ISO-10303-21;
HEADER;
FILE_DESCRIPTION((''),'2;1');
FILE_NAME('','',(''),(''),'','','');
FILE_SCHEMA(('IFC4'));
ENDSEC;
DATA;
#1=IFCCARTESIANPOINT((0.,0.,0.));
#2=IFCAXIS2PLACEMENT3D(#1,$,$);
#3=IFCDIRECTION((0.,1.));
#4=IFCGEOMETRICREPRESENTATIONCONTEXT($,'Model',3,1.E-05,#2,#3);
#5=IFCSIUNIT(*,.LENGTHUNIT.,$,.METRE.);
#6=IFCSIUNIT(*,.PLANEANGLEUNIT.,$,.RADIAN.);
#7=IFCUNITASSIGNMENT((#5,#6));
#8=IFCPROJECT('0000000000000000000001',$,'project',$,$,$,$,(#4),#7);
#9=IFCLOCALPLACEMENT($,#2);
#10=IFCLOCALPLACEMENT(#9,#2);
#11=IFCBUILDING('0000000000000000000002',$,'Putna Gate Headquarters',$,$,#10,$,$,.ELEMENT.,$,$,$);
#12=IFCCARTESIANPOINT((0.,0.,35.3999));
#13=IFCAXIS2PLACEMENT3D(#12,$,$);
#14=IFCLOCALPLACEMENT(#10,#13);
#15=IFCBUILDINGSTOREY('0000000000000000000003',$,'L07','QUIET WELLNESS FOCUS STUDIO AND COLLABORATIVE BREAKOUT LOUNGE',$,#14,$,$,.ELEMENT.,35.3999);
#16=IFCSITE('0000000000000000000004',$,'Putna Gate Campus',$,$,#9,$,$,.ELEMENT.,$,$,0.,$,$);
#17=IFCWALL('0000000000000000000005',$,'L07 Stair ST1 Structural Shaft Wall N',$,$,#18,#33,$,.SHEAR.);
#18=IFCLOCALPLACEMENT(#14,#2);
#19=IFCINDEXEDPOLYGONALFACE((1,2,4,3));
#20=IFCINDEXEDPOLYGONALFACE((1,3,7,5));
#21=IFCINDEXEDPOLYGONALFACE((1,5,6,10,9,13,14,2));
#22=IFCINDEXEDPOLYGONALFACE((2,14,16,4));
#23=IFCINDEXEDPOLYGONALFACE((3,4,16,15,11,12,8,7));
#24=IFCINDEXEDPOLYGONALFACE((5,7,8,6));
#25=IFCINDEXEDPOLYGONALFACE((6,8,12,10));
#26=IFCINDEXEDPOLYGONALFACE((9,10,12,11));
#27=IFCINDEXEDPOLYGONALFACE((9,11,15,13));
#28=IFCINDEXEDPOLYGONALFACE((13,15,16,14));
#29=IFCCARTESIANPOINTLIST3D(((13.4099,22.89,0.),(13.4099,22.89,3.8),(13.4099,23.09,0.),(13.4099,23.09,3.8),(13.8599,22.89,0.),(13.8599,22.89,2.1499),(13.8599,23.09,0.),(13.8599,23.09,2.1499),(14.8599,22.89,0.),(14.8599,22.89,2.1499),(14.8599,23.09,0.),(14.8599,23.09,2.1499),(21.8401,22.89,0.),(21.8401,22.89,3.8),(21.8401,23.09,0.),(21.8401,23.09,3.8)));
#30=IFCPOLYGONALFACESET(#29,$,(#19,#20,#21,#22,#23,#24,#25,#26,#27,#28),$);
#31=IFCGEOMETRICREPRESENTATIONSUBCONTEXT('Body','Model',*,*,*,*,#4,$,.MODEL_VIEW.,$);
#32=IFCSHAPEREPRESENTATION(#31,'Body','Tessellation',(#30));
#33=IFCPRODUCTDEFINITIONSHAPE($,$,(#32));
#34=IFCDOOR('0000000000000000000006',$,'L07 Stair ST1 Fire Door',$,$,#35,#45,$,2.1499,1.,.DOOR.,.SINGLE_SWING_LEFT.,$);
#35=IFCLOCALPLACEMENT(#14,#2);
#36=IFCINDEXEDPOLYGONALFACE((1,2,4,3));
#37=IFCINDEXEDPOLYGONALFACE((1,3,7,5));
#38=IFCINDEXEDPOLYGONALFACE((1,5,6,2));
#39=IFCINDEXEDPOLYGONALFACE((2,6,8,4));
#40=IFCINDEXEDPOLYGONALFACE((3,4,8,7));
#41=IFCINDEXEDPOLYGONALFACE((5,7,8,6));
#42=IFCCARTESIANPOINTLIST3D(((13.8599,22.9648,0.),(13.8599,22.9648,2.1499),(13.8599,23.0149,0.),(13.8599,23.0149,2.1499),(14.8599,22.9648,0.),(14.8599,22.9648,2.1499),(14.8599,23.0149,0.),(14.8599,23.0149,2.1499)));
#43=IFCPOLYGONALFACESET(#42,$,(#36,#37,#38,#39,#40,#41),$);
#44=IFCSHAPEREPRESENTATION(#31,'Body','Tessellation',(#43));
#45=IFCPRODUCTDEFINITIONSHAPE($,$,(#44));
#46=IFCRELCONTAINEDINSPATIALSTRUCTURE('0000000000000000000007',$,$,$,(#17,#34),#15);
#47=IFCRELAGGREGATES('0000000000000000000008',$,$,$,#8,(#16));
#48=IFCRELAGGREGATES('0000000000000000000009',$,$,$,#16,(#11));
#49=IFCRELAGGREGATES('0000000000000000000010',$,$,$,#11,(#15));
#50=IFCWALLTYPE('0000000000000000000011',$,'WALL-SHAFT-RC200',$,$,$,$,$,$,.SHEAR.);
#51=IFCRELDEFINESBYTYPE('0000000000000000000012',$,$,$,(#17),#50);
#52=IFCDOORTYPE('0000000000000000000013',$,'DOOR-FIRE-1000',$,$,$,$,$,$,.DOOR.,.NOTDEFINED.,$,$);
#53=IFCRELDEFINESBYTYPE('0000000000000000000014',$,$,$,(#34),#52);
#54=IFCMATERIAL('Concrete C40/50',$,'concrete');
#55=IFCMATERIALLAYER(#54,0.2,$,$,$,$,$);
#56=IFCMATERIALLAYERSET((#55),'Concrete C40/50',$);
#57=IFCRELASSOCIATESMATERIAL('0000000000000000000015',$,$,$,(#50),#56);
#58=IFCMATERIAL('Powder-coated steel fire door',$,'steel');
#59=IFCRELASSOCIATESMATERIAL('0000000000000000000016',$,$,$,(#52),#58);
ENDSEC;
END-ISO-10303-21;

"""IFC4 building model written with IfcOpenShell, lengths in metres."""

from ifc_helpers import new_model, si_unit, direction, frame, frame_2d, origin, place, context, subcontext, project, spatial, rectangle, extrude, material, layer, layer_set, type_object, element, fill, save


model = new_model("IFC4")

# Units and contexts
model_context = context("Model", 3, precision=1e-05, world=origin(), true_north=direction((0.0, 1.0)))
body_context = subcontext(model_context, "Body", "Model", "MODEL_VIEW")
ifc_project = project(units=[si_unit("LENGTHUNIT", "METRE"), si_unit("PLANEANGLEUNIT", "RADIAN")], contexts=[model_context])

# Site, building, storey
site_placement = place(None, origin())
site = spatial("IfcSite", under=ifc_project, at=site_placement, Name="Putna Gate Campus", CompositionType="ELEMENT", RefElevation=0.0)
building_placement = place(site_placement, origin())
building = spatial("IfcBuilding", under=site, at=building_placement, Name="Putna Gate Headquarters", CompositionType="ELEMENT")
storey_placement = place(building_placement, frame((0.0, 0.0, 35.3999)))
storey = spatial("IfcBuildingStorey", under=building, at=storey_placement, Name="L07", Description="QUIET WELLNESS FOCUS STUDIO AND COLLABORATIVE BREAKOUT LOUNGE", CompositionType="ELEMENT", Elevation=35.3999)

# Shared definitions
ifc_material_1 = material(Name="Concrete C40/50", Category="concrete")

# Wall, opening, door
ifc_layer_1 = layer(ifc_material_1, 0.2)
ifc_layer_set_1 = layer_set([ifc_layer_1], Name="Concrete C40/50")
wall_type_1 = type_object("IfcWallType", Name="WALL-SHAFT-RC200", PredefinedType="SHEAR", material=ifc_layer_set_1)
wall_1_placement = place(storey_placement, frame((13.4099, 22.99, 0.0), z_axis=(0.0, 0.0, 1.0), x_axis=(1.0, 0.0, 0.0)))
wall_1 = element("IfcWall", 1, at=wall_1_placement, inside=storey, type_object=wall_type_1, Name="L07 Stair ST1 Structural Shaft Wall N", PredefinedType="SHEAR", context=body_context, shape_type="SweptSolid", body=[
    extrude(rectangle(XDim=8.4302, YDim=0.2, at=frame_2d((4.2151, 0.0))), origin(), (0.0, 0.0, 1.0), 3.8),
])
opening_1_placement = place(wall_1_placement, frame((0.45, 0.0, 0.0)))
opening_1 = element("IfcOpeningElement", 2, at=opening_1_placement, cuts=wall_1, PredefinedType="OPENING", context=body_context, shape_type="SweptSolid", body=[
    extrude(rectangle(XDim=1.0, YDim=2.1499, at=frame_2d((0.5, 1.075))), frame((0.0, 0.1099, 0.0), z_axis=(0.0, -1.0, 0.0), x_axis=(1.0, 0.0, 0.0)), (0.0, 0.0, 1.0), 0.22),
])
ifc_material_2 = material(Name="Powder-coated steel fire door", Category="steel")
door_type_1 = type_object("IfcDoorType", Name="DOOR-FIRE-1000", OperationType="NOTDEFINED", PredefinedType="DOOR", material=ifc_material_2)
door_1_placement = place(opening_1_placement, origin())
door_1 = element("IfcDoor", 3, at=door_1_placement, inside=storey, type_object=door_type_1, Name="L07 Stair ST1 Fire Door", OperationType="SINGLE_SWING_LEFT", OverallHeight=2.1499, OverallWidth=1.0, PredefinedType="DOOR", context=body_context, shape_type="SweptSolid", body=[
    extrude(rectangle(XDim=1.0, YDim=2.1499, at=frame_2d((0.5, 1.075))), frame((0.0, 0.0249, 0.0), z_axis=(0.0, -1.0, 0.0), x_axis=(1.0, 0.0, 0.0)), (0.0, 0.0, 1.0), 0.05),
])
fill(opening_1, door_1)

save(model, "model.ifc")
